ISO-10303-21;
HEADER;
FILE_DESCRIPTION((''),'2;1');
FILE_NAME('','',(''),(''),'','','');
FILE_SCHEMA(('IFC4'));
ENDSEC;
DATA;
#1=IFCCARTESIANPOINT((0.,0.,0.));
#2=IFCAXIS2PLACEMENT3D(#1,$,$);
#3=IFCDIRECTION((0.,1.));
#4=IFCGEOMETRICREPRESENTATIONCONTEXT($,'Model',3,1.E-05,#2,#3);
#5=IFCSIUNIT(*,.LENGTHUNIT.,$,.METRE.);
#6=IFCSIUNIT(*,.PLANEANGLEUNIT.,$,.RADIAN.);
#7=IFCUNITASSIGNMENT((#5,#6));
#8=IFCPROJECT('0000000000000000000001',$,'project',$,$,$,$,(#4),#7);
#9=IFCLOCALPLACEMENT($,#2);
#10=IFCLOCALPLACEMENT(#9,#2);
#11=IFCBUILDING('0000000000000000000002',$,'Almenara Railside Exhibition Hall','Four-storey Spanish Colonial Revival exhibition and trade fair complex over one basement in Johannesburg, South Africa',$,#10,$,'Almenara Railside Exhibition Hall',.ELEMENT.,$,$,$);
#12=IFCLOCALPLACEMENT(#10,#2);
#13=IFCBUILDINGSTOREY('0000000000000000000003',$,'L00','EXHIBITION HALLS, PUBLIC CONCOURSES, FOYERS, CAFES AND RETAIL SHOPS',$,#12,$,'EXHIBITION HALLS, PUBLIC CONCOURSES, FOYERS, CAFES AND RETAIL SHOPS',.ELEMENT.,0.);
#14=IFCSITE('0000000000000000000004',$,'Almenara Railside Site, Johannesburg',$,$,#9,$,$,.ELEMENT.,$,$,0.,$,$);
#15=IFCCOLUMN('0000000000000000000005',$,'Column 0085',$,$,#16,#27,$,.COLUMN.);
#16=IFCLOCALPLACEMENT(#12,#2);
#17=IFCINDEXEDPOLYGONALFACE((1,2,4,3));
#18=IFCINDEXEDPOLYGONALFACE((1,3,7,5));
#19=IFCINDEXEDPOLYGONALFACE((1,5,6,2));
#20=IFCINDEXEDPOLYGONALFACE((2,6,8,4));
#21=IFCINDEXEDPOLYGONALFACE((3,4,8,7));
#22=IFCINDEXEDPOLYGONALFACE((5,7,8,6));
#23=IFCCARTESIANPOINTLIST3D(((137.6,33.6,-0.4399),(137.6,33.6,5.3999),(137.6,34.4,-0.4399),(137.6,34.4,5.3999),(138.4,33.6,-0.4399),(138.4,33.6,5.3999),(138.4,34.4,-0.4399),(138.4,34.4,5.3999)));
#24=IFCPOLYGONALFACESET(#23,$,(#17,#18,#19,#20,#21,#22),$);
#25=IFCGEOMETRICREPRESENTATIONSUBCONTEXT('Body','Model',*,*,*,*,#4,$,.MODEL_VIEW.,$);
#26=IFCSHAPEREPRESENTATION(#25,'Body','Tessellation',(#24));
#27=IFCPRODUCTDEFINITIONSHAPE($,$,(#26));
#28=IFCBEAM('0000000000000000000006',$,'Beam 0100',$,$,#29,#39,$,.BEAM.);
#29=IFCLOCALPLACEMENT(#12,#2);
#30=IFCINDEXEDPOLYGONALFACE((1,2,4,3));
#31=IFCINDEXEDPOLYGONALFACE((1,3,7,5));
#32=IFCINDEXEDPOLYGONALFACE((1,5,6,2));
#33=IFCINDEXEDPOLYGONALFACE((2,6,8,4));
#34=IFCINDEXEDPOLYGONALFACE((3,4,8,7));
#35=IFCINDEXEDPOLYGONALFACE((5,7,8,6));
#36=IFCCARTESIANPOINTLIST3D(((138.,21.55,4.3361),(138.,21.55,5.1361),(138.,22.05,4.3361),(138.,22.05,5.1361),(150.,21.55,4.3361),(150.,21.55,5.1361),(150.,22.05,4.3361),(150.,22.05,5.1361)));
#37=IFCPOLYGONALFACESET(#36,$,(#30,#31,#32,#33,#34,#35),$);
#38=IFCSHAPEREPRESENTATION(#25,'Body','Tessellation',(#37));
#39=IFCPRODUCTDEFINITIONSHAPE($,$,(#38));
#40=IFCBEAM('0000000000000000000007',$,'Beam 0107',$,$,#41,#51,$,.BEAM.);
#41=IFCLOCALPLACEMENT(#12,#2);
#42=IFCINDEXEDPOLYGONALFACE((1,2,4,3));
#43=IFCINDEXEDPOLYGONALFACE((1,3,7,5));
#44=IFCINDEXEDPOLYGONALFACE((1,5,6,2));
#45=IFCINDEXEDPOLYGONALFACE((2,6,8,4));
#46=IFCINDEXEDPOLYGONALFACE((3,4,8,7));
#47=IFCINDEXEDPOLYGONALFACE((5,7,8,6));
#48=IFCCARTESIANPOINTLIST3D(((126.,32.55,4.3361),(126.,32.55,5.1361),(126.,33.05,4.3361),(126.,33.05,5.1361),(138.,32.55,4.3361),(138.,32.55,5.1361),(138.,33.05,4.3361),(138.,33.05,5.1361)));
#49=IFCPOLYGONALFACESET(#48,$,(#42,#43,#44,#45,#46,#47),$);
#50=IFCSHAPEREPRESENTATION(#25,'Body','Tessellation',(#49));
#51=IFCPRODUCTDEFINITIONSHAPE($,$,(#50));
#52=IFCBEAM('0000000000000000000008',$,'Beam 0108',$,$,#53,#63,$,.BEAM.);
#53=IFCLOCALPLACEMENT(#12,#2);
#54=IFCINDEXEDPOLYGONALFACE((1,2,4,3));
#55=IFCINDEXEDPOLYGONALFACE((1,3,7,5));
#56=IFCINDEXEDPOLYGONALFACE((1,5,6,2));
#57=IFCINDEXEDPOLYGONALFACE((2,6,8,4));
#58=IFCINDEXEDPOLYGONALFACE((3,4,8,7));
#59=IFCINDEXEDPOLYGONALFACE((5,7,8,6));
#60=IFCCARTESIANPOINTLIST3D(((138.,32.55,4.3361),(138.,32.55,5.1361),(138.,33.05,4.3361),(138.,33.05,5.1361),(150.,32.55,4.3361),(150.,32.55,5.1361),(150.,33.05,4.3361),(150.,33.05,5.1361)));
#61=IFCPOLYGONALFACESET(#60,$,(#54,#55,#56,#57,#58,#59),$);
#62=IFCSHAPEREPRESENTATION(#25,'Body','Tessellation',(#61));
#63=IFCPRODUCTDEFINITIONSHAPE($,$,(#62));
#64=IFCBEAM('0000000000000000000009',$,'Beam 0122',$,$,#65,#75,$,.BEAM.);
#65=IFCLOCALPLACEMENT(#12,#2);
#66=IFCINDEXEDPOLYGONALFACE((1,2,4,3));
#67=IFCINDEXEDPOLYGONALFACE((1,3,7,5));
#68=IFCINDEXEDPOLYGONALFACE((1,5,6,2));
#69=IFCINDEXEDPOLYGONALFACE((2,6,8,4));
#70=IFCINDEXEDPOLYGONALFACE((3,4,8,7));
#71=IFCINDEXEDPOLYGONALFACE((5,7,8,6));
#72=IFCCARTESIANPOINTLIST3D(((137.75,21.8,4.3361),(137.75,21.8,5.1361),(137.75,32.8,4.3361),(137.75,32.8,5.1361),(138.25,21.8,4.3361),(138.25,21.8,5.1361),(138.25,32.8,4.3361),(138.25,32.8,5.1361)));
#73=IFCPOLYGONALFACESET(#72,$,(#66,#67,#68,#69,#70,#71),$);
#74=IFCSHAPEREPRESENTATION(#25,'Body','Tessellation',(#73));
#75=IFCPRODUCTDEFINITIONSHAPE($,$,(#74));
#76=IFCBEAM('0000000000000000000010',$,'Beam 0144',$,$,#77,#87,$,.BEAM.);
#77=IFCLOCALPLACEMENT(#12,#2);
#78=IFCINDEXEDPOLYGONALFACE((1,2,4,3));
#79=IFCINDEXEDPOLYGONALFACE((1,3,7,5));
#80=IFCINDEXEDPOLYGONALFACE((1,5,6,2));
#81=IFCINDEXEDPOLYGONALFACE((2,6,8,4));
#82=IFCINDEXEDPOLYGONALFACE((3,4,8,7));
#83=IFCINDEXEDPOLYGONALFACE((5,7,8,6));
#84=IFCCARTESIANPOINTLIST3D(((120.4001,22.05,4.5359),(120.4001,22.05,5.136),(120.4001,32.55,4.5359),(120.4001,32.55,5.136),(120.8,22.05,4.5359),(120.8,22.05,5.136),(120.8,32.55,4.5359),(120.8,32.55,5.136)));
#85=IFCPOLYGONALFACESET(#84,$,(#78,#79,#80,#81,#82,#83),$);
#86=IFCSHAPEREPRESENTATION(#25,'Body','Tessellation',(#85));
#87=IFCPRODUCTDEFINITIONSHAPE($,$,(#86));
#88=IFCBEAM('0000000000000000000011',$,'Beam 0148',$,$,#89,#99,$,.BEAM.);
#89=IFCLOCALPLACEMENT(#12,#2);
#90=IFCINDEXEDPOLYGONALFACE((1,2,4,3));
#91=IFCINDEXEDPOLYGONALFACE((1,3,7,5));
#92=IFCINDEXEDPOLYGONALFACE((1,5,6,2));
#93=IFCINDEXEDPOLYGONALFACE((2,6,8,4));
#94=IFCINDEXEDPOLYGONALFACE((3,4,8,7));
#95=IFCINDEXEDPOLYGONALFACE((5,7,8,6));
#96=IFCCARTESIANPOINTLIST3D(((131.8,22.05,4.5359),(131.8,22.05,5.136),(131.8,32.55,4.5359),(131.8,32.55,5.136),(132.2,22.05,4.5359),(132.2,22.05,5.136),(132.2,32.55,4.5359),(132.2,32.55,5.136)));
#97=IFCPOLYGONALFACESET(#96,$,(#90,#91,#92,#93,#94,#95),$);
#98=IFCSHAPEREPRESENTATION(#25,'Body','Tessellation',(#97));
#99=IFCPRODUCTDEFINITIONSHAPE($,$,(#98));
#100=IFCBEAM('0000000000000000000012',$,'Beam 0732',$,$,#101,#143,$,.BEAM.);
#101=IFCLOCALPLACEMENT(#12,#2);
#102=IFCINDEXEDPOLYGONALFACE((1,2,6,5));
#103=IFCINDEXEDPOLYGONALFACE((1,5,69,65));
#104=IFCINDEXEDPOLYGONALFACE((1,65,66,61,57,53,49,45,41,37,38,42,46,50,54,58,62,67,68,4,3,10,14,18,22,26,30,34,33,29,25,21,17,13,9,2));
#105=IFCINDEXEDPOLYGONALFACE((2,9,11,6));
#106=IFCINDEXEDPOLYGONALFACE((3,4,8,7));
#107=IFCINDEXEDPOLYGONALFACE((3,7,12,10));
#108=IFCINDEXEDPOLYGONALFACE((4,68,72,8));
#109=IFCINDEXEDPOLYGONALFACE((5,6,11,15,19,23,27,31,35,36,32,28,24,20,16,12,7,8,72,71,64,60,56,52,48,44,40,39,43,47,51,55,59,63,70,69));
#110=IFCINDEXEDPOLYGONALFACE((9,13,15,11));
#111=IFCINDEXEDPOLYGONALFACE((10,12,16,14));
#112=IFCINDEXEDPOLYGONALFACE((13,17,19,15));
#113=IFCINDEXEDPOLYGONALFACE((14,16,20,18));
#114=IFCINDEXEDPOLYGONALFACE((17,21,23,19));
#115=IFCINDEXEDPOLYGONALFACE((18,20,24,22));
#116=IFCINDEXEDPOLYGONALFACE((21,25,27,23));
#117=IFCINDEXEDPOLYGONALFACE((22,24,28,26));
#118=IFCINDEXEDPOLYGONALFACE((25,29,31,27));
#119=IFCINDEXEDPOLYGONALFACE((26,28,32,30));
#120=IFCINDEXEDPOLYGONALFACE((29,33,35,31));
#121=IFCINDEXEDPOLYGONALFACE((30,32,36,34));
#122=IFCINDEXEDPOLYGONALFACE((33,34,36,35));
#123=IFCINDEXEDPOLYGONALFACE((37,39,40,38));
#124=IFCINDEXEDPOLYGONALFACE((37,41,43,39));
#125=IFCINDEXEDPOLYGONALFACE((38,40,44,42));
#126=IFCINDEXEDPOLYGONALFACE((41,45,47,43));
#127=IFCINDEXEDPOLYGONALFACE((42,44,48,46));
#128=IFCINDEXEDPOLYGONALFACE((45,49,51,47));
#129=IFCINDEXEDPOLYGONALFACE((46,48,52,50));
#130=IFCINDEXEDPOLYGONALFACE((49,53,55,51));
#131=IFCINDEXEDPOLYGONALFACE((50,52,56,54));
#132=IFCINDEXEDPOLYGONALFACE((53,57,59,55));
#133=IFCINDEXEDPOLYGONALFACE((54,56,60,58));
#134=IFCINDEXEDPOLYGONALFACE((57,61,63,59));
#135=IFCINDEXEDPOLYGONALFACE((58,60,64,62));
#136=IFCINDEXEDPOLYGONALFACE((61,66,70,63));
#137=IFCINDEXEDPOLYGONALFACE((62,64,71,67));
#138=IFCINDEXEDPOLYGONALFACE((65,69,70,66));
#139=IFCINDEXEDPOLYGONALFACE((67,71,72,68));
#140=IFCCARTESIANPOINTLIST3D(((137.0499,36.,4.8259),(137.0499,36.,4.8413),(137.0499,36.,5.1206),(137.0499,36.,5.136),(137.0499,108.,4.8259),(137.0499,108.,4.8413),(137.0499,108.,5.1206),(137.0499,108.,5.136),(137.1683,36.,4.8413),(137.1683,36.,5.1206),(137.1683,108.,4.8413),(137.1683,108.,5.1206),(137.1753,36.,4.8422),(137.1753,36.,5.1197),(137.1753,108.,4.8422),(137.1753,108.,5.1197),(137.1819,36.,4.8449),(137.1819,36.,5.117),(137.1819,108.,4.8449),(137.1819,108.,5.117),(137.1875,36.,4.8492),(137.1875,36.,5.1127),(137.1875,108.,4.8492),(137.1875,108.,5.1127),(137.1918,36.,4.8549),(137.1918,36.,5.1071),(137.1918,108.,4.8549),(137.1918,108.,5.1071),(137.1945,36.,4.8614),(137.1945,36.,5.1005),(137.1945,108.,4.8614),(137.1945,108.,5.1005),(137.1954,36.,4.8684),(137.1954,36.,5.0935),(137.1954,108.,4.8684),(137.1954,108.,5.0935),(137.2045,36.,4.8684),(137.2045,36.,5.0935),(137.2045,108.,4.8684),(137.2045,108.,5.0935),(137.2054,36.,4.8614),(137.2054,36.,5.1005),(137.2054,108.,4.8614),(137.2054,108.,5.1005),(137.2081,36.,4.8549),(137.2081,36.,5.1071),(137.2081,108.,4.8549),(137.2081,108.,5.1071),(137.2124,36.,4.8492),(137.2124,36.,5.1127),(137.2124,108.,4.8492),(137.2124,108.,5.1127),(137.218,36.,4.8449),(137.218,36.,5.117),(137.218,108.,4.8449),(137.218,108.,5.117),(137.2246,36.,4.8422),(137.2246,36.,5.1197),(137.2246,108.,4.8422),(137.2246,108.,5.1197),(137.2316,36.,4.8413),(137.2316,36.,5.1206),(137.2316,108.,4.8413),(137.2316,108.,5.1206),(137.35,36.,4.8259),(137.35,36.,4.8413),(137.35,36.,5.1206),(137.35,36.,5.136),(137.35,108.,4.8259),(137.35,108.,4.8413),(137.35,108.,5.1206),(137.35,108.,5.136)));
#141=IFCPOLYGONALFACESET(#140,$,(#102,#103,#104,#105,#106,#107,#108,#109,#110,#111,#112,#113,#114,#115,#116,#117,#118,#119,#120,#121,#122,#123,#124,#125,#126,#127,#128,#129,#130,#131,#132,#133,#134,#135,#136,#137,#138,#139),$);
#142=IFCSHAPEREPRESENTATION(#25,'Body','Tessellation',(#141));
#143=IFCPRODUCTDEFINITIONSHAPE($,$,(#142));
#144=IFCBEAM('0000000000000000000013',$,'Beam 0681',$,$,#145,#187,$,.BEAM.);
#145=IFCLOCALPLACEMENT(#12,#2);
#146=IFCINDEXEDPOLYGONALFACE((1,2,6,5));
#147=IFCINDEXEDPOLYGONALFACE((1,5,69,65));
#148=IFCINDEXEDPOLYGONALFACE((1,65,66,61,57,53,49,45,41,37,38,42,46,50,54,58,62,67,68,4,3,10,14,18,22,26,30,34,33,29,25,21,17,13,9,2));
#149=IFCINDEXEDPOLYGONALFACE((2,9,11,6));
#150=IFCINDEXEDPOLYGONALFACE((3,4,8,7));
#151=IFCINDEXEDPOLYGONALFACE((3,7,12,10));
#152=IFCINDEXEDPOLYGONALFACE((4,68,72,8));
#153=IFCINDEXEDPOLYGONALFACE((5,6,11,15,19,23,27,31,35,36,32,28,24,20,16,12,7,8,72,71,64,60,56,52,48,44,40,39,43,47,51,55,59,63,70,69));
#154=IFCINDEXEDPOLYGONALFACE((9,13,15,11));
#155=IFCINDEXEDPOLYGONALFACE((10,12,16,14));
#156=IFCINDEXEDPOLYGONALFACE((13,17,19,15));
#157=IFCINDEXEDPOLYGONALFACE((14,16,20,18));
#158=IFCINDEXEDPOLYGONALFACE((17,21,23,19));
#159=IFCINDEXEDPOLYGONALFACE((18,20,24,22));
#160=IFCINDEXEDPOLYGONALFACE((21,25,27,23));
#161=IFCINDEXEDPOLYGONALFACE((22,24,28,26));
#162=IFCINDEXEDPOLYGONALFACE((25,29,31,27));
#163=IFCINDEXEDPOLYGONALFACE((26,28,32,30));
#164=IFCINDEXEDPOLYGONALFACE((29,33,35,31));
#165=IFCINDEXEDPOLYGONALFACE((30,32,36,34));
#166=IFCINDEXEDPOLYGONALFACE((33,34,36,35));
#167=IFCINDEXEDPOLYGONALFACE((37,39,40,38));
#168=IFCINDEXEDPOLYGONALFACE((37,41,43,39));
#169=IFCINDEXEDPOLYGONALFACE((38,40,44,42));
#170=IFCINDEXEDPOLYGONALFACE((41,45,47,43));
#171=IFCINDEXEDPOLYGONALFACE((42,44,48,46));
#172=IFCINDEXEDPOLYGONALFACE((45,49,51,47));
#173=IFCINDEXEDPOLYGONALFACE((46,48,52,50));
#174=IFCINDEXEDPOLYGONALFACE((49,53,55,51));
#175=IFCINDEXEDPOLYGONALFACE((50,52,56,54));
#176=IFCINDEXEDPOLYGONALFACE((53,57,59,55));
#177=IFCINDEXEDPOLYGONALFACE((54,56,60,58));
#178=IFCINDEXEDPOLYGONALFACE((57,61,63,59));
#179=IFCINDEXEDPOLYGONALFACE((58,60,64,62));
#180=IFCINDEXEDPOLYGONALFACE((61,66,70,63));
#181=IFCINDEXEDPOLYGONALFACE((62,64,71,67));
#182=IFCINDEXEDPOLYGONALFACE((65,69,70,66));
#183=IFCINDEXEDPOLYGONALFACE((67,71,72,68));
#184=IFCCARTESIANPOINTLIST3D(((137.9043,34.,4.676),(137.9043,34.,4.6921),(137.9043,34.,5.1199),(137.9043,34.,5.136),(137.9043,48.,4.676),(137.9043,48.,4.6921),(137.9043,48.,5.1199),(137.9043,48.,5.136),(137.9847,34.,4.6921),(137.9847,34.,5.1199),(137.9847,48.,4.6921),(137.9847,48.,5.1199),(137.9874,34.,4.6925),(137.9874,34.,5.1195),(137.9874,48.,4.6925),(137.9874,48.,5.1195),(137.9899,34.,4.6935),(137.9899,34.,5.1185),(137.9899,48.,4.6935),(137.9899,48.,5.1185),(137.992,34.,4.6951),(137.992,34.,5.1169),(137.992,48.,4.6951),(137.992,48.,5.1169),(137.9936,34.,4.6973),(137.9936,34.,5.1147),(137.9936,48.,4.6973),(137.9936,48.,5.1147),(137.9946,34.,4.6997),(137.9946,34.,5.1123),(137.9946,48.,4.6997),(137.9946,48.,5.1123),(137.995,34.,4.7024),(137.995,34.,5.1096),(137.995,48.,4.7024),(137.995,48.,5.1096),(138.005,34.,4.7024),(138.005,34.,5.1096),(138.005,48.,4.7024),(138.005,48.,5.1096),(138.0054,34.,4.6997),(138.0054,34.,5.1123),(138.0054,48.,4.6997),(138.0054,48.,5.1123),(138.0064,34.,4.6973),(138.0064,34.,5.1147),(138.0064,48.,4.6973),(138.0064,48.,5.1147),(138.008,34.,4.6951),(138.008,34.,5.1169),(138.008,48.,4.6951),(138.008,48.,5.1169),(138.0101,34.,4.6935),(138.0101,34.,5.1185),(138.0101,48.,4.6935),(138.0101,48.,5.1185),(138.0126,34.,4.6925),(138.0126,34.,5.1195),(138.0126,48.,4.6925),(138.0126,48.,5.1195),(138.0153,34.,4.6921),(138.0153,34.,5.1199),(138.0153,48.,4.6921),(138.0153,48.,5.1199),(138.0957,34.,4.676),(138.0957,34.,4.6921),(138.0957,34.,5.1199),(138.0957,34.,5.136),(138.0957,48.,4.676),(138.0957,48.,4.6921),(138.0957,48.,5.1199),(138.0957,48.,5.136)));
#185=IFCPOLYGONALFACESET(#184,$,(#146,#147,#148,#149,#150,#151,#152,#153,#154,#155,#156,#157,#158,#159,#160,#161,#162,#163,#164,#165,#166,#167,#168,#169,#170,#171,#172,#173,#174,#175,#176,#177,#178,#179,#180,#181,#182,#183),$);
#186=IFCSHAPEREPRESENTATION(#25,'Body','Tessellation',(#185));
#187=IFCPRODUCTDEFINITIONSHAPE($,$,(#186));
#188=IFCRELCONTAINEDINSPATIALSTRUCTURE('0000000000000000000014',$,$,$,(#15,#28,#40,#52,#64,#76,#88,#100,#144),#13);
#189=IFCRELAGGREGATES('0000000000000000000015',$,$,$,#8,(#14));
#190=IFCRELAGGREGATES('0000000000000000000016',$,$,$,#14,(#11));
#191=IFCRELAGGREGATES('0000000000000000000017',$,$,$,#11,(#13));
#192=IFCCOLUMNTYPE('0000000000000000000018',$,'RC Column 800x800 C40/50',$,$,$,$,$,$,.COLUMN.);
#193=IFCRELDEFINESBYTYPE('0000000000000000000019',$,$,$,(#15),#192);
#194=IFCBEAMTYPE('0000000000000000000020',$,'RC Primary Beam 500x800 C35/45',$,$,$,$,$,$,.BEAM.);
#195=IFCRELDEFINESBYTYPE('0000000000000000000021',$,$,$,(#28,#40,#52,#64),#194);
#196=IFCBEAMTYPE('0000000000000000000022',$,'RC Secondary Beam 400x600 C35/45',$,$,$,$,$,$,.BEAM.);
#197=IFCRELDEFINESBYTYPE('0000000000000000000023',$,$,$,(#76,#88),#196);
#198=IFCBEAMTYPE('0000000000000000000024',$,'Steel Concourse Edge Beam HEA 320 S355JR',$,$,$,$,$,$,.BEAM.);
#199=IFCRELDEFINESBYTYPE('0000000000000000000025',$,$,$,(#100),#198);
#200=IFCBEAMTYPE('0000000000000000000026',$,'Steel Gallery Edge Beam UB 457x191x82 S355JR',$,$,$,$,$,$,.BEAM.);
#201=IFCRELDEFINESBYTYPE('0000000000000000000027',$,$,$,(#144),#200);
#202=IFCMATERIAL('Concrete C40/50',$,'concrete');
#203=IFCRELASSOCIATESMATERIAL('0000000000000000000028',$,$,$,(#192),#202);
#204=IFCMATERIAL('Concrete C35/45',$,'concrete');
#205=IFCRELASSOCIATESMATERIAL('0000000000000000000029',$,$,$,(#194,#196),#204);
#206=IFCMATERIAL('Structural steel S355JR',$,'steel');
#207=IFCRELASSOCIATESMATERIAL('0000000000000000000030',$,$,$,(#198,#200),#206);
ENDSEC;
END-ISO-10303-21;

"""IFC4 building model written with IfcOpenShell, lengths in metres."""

from ifc_helpers import new_model, si_unit, direction, frame, origin, origin_2d, place, context, subcontext, project, spatial, rectangle, i_section, extrude, material, material_profile, profile_set, type_object, element, save


model = new_model("IFC4")

# Units and contexts
model_context = context("Model", 3, precision=1e-05, world=origin(), true_north=direction((0.0, 1.0)))
body_context = subcontext(model_context, "Body", "Model", "MODEL_VIEW")
ifc_project = project(units=[si_unit("LENGTHUNIT", "METRE"), si_unit("PLANEANGLEUNIT", "RADIAN")], contexts=[model_context])

# Site, building, storey
site_placement = place(None, origin())
site = spatial("IfcSite", under=ifc_project, at=site_placement, Name="Almenara Railside Site, Johannesburg", CompositionType="ELEMENT", RefElevation=0.0)
building_placement = place(site_placement, origin())
building = spatial("IfcBuilding", under=site, at=building_placement, Name="Almenara Railside Exhibition Hall", Description="Four-storey Spanish Colonial Revival exhibition and trade fair complex over one basement in Johannesburg, South Africa", LongName="Almenara Railside Exhibition Hall", CompositionType="ELEMENT")
storey_placement = place(building_placement, origin())
storey = spatial("IfcBuildingStorey", under=building, at=storey_placement, Name="L00", Description="EXHIBITION HALLS, PUBLIC CONCOURSES, FOYERS, CAFES AND RETAIL SHOPS", LongName="EXHIBITION HALLS, PUBLIC CONCOURSES, FOYERS, CAFES AND RETAIL SHOPS", CompositionType="ELEMENT", Elevation=0.0)

# Shared definitions
ifc_material_1 = material(Name="Concrete C40/50", Category="concrete")

# Column
ifc_material_2 = material(Name="Concrete C35/45", Category="concrete")
ifc_material_profile_1 = material_profile(ifc_material_1, rectangle(XDim=0.8, YDim=0.8, at=origin_2d()), Name="RC 800x800")
ifc_profile_set_1 = profile_set([ifc_material_profile_1], Name="Concrete C40/50")
column_type_1 = type_object("IfcColumnType", Name="RC Column 800x800 C40/50", PredefinedType="COLUMN", material=ifc_profile_set_1)
column_1_placement = place(storey_placement, frame((138.0, 34.0, -0.4399), z_axis=(0.0, 0.0, 1.0), x_axis=(1.0, 0.0, 0.0)))
element("IfcColumn", 1, at=column_1_placement, inside=storey, type_object=column_type_1, Name="Column 0085", PredefinedType="COLUMN", context=body_context, shape_type="SweptSolid", body=[
    extrude(rectangle(XDim=0.8, YDim=0.8, at=origin_2d()), origin(), (0.0, 0.0, 1.0), 5.8398),
])

# Beams
ifc_material_profile_2 = material_profile(ifc_material_2, rectangle(XDim=0.5, YDim=0.8, at=origin_2d()), Name="RC 500x800")
ifc_profile_set_2 = profile_set([ifc_material_profile_2], Name="Concrete C35/45")
beam_type_1 = type_object("IfcBeamType", Name="RC Primary Beam 500x800 C35/45", PredefinedType="BEAM", material=ifc_profile_set_2)
for number, where, z_axis, x_axis, name in (
    (2, (138.0, 21.8, 4.7361), (1.0, 0.0, 0.0), (0.0, 1.0, 0.0), "Beam 0100"),
    (3, (126.0, 32.8, 4.7361), (1.0, 0.0, 0.0), (0.0, 1.0, 0.0), "Beam 0107"),
    (4, (138.0, 32.8, 4.7361), (1.0, 0.0, 0.0), (0.0, 1.0, 0.0), "Beam 0108"),
):
    element("IfcBeam", number, at=place(storey_placement, frame(where, z_axis=z_axis, x_axis=x_axis)), inside=storey, type_object=beam_type_1, Name=name, PredefinedType="BEAM", context=body_context, shape_type="SweptSolid", body=[
        extrude(rectangle(XDim=0.5, YDim=0.8, at=origin_2d()), origin(), (0.0, 0.0, 1.0), 12.0),
    ])
beam_1_placement = place(storey_placement, frame((138.0, 21.8, 4.7361), z_axis=(0.0, 1.0, 0.0), x_axis=(-1.0, 0.0, 0.0)))
element("IfcBeam", 5, at=beam_1_placement, inside=storey, type_object=beam_type_1, Name="Beam 0122", PredefinedType="BEAM", context=body_context, shape_type="SweptSolid", body=[
    extrude(rectangle(XDim=0.5, YDim=0.8, at=origin_2d()), origin(), (0.0, 0.0, 1.0), 11.0),
])
ifc_material_profile_3 = material_profile(ifc_material_2, rectangle(XDim=0.3999, YDim=0.6001, at=origin_2d()), Name="RC 400x600")
ifc_profile_set_3 = profile_set([ifc_material_profile_3], Name="Concrete C35/45")
beam_type_2 = type_object("IfcBeamType", Name="RC Secondary Beam 400x600 C35/45", PredefinedType="BEAM", material=ifc_profile_set_3)
for number, where, z_axis, x_axis, name in (
    (6, (120.6001, 22.05, 4.8359), (0.0, 1.0, 0.0), (-1.0, 0.0, 0.0), "Beam 0144"),
    (7, (132.0, 22.05, 4.8359), (0.0, 1.0, 0.0), (-1.0, 0.0, 0.0), "Beam 0148"),
):
    element("IfcBeam", number, at=place(storey_placement, frame(where, z_axis=z_axis, x_axis=x_axis)), inside=storey, type_object=beam_type_2, Name=name, PredefinedType="BEAM", context=body_context, shape_type="SweptSolid", body=[
        extrude(rectangle(XDim=0.3999, YDim=0.6001, at=origin_2d()), origin(), (0.0, 0.0, 1.0), 10.5),
    ])
ifc_material_3 = material(Name="Structural steel S355JR", Category="steel")
ifc_material_profile_4 = material_profile(ifc_material_3, i_section(OverallWidth=0.3, OverallDepth=0.3101, WebThickness=0.009, FlangeThickness=0.0154, FilletRadius=0.0271, at=origin_2d()), Name="HEA 320")
ifc_profile_set_4 = profile_set([ifc_material_profile_4], Name="Structural steel S355JR")
beam_type_3 = type_object("IfcBeamType", Name="Steel Concourse Edge Beam HEA 320 S355JR", PredefinedType="BEAM", material=ifc_profile_set_4)
beam_2_placement = place(storey_placement, frame((137.2, 36.0, 4.981), z_axis=(0.0, 1.0, 0.0), x_axis=(-1.0, 0.0, 0.0)))
element("IfcBeam", 8, at=beam_2_placement, inside=storey, type_object=beam_type_3, Name="Beam 0732", PredefinedType="BEAM", context=body_context, shape_type="SweptSolid", body=[
    extrude(i_section(OverallWidth=0.3, OverallDepth=0.3101, WebThickness=0.009, FlangeThickness=0.0154, FilletRadius=0.0271, at=origin_2d()), origin(), (0.0, 0.0, 1.0), 72.0),
])
ifc_material_profile_5 = material_profile(ifc_material_3, i_section(OverallWidth=0.1914, OverallDepth=0.46, WebThickness=0.01, FlangeThickness=0.0161, FilletRadius=0.0103, at=origin_2d()), Name="UB 457x191x82")
ifc_profile_set_5 = profile_set([ifc_material_profile_5], Name="Structural steel S355JR")
beam_type_4 = type_object("IfcBeamType", Name="Steel Gallery Edge Beam UB 457x191x82 S355JR", PredefinedType="BEAM", material=ifc_profile_set_5)
beam_3_placement = place(storey_placement, frame((138.0, 34.0, 4.906), z_axis=(0.0, 1.0, 0.0), x_axis=(-1.0, 0.0, 0.0)))
element("IfcBeam", 9, at=beam_3_placement, inside=storey, type_object=beam_type_4, Name="Beam 0681", PredefinedType="BEAM", context=body_context, shape_type="SweptSolid", body=[
    extrude(i_section(OverallWidth=0.1914, OverallDepth=0.46, WebThickness=0.01, FlangeThickness=0.0161, FilletRadius=0.0103, at=origin_2d()), origin(), (0.0, 0.0, 1.0), 14.0),
])

save(model, "model.ifc")
